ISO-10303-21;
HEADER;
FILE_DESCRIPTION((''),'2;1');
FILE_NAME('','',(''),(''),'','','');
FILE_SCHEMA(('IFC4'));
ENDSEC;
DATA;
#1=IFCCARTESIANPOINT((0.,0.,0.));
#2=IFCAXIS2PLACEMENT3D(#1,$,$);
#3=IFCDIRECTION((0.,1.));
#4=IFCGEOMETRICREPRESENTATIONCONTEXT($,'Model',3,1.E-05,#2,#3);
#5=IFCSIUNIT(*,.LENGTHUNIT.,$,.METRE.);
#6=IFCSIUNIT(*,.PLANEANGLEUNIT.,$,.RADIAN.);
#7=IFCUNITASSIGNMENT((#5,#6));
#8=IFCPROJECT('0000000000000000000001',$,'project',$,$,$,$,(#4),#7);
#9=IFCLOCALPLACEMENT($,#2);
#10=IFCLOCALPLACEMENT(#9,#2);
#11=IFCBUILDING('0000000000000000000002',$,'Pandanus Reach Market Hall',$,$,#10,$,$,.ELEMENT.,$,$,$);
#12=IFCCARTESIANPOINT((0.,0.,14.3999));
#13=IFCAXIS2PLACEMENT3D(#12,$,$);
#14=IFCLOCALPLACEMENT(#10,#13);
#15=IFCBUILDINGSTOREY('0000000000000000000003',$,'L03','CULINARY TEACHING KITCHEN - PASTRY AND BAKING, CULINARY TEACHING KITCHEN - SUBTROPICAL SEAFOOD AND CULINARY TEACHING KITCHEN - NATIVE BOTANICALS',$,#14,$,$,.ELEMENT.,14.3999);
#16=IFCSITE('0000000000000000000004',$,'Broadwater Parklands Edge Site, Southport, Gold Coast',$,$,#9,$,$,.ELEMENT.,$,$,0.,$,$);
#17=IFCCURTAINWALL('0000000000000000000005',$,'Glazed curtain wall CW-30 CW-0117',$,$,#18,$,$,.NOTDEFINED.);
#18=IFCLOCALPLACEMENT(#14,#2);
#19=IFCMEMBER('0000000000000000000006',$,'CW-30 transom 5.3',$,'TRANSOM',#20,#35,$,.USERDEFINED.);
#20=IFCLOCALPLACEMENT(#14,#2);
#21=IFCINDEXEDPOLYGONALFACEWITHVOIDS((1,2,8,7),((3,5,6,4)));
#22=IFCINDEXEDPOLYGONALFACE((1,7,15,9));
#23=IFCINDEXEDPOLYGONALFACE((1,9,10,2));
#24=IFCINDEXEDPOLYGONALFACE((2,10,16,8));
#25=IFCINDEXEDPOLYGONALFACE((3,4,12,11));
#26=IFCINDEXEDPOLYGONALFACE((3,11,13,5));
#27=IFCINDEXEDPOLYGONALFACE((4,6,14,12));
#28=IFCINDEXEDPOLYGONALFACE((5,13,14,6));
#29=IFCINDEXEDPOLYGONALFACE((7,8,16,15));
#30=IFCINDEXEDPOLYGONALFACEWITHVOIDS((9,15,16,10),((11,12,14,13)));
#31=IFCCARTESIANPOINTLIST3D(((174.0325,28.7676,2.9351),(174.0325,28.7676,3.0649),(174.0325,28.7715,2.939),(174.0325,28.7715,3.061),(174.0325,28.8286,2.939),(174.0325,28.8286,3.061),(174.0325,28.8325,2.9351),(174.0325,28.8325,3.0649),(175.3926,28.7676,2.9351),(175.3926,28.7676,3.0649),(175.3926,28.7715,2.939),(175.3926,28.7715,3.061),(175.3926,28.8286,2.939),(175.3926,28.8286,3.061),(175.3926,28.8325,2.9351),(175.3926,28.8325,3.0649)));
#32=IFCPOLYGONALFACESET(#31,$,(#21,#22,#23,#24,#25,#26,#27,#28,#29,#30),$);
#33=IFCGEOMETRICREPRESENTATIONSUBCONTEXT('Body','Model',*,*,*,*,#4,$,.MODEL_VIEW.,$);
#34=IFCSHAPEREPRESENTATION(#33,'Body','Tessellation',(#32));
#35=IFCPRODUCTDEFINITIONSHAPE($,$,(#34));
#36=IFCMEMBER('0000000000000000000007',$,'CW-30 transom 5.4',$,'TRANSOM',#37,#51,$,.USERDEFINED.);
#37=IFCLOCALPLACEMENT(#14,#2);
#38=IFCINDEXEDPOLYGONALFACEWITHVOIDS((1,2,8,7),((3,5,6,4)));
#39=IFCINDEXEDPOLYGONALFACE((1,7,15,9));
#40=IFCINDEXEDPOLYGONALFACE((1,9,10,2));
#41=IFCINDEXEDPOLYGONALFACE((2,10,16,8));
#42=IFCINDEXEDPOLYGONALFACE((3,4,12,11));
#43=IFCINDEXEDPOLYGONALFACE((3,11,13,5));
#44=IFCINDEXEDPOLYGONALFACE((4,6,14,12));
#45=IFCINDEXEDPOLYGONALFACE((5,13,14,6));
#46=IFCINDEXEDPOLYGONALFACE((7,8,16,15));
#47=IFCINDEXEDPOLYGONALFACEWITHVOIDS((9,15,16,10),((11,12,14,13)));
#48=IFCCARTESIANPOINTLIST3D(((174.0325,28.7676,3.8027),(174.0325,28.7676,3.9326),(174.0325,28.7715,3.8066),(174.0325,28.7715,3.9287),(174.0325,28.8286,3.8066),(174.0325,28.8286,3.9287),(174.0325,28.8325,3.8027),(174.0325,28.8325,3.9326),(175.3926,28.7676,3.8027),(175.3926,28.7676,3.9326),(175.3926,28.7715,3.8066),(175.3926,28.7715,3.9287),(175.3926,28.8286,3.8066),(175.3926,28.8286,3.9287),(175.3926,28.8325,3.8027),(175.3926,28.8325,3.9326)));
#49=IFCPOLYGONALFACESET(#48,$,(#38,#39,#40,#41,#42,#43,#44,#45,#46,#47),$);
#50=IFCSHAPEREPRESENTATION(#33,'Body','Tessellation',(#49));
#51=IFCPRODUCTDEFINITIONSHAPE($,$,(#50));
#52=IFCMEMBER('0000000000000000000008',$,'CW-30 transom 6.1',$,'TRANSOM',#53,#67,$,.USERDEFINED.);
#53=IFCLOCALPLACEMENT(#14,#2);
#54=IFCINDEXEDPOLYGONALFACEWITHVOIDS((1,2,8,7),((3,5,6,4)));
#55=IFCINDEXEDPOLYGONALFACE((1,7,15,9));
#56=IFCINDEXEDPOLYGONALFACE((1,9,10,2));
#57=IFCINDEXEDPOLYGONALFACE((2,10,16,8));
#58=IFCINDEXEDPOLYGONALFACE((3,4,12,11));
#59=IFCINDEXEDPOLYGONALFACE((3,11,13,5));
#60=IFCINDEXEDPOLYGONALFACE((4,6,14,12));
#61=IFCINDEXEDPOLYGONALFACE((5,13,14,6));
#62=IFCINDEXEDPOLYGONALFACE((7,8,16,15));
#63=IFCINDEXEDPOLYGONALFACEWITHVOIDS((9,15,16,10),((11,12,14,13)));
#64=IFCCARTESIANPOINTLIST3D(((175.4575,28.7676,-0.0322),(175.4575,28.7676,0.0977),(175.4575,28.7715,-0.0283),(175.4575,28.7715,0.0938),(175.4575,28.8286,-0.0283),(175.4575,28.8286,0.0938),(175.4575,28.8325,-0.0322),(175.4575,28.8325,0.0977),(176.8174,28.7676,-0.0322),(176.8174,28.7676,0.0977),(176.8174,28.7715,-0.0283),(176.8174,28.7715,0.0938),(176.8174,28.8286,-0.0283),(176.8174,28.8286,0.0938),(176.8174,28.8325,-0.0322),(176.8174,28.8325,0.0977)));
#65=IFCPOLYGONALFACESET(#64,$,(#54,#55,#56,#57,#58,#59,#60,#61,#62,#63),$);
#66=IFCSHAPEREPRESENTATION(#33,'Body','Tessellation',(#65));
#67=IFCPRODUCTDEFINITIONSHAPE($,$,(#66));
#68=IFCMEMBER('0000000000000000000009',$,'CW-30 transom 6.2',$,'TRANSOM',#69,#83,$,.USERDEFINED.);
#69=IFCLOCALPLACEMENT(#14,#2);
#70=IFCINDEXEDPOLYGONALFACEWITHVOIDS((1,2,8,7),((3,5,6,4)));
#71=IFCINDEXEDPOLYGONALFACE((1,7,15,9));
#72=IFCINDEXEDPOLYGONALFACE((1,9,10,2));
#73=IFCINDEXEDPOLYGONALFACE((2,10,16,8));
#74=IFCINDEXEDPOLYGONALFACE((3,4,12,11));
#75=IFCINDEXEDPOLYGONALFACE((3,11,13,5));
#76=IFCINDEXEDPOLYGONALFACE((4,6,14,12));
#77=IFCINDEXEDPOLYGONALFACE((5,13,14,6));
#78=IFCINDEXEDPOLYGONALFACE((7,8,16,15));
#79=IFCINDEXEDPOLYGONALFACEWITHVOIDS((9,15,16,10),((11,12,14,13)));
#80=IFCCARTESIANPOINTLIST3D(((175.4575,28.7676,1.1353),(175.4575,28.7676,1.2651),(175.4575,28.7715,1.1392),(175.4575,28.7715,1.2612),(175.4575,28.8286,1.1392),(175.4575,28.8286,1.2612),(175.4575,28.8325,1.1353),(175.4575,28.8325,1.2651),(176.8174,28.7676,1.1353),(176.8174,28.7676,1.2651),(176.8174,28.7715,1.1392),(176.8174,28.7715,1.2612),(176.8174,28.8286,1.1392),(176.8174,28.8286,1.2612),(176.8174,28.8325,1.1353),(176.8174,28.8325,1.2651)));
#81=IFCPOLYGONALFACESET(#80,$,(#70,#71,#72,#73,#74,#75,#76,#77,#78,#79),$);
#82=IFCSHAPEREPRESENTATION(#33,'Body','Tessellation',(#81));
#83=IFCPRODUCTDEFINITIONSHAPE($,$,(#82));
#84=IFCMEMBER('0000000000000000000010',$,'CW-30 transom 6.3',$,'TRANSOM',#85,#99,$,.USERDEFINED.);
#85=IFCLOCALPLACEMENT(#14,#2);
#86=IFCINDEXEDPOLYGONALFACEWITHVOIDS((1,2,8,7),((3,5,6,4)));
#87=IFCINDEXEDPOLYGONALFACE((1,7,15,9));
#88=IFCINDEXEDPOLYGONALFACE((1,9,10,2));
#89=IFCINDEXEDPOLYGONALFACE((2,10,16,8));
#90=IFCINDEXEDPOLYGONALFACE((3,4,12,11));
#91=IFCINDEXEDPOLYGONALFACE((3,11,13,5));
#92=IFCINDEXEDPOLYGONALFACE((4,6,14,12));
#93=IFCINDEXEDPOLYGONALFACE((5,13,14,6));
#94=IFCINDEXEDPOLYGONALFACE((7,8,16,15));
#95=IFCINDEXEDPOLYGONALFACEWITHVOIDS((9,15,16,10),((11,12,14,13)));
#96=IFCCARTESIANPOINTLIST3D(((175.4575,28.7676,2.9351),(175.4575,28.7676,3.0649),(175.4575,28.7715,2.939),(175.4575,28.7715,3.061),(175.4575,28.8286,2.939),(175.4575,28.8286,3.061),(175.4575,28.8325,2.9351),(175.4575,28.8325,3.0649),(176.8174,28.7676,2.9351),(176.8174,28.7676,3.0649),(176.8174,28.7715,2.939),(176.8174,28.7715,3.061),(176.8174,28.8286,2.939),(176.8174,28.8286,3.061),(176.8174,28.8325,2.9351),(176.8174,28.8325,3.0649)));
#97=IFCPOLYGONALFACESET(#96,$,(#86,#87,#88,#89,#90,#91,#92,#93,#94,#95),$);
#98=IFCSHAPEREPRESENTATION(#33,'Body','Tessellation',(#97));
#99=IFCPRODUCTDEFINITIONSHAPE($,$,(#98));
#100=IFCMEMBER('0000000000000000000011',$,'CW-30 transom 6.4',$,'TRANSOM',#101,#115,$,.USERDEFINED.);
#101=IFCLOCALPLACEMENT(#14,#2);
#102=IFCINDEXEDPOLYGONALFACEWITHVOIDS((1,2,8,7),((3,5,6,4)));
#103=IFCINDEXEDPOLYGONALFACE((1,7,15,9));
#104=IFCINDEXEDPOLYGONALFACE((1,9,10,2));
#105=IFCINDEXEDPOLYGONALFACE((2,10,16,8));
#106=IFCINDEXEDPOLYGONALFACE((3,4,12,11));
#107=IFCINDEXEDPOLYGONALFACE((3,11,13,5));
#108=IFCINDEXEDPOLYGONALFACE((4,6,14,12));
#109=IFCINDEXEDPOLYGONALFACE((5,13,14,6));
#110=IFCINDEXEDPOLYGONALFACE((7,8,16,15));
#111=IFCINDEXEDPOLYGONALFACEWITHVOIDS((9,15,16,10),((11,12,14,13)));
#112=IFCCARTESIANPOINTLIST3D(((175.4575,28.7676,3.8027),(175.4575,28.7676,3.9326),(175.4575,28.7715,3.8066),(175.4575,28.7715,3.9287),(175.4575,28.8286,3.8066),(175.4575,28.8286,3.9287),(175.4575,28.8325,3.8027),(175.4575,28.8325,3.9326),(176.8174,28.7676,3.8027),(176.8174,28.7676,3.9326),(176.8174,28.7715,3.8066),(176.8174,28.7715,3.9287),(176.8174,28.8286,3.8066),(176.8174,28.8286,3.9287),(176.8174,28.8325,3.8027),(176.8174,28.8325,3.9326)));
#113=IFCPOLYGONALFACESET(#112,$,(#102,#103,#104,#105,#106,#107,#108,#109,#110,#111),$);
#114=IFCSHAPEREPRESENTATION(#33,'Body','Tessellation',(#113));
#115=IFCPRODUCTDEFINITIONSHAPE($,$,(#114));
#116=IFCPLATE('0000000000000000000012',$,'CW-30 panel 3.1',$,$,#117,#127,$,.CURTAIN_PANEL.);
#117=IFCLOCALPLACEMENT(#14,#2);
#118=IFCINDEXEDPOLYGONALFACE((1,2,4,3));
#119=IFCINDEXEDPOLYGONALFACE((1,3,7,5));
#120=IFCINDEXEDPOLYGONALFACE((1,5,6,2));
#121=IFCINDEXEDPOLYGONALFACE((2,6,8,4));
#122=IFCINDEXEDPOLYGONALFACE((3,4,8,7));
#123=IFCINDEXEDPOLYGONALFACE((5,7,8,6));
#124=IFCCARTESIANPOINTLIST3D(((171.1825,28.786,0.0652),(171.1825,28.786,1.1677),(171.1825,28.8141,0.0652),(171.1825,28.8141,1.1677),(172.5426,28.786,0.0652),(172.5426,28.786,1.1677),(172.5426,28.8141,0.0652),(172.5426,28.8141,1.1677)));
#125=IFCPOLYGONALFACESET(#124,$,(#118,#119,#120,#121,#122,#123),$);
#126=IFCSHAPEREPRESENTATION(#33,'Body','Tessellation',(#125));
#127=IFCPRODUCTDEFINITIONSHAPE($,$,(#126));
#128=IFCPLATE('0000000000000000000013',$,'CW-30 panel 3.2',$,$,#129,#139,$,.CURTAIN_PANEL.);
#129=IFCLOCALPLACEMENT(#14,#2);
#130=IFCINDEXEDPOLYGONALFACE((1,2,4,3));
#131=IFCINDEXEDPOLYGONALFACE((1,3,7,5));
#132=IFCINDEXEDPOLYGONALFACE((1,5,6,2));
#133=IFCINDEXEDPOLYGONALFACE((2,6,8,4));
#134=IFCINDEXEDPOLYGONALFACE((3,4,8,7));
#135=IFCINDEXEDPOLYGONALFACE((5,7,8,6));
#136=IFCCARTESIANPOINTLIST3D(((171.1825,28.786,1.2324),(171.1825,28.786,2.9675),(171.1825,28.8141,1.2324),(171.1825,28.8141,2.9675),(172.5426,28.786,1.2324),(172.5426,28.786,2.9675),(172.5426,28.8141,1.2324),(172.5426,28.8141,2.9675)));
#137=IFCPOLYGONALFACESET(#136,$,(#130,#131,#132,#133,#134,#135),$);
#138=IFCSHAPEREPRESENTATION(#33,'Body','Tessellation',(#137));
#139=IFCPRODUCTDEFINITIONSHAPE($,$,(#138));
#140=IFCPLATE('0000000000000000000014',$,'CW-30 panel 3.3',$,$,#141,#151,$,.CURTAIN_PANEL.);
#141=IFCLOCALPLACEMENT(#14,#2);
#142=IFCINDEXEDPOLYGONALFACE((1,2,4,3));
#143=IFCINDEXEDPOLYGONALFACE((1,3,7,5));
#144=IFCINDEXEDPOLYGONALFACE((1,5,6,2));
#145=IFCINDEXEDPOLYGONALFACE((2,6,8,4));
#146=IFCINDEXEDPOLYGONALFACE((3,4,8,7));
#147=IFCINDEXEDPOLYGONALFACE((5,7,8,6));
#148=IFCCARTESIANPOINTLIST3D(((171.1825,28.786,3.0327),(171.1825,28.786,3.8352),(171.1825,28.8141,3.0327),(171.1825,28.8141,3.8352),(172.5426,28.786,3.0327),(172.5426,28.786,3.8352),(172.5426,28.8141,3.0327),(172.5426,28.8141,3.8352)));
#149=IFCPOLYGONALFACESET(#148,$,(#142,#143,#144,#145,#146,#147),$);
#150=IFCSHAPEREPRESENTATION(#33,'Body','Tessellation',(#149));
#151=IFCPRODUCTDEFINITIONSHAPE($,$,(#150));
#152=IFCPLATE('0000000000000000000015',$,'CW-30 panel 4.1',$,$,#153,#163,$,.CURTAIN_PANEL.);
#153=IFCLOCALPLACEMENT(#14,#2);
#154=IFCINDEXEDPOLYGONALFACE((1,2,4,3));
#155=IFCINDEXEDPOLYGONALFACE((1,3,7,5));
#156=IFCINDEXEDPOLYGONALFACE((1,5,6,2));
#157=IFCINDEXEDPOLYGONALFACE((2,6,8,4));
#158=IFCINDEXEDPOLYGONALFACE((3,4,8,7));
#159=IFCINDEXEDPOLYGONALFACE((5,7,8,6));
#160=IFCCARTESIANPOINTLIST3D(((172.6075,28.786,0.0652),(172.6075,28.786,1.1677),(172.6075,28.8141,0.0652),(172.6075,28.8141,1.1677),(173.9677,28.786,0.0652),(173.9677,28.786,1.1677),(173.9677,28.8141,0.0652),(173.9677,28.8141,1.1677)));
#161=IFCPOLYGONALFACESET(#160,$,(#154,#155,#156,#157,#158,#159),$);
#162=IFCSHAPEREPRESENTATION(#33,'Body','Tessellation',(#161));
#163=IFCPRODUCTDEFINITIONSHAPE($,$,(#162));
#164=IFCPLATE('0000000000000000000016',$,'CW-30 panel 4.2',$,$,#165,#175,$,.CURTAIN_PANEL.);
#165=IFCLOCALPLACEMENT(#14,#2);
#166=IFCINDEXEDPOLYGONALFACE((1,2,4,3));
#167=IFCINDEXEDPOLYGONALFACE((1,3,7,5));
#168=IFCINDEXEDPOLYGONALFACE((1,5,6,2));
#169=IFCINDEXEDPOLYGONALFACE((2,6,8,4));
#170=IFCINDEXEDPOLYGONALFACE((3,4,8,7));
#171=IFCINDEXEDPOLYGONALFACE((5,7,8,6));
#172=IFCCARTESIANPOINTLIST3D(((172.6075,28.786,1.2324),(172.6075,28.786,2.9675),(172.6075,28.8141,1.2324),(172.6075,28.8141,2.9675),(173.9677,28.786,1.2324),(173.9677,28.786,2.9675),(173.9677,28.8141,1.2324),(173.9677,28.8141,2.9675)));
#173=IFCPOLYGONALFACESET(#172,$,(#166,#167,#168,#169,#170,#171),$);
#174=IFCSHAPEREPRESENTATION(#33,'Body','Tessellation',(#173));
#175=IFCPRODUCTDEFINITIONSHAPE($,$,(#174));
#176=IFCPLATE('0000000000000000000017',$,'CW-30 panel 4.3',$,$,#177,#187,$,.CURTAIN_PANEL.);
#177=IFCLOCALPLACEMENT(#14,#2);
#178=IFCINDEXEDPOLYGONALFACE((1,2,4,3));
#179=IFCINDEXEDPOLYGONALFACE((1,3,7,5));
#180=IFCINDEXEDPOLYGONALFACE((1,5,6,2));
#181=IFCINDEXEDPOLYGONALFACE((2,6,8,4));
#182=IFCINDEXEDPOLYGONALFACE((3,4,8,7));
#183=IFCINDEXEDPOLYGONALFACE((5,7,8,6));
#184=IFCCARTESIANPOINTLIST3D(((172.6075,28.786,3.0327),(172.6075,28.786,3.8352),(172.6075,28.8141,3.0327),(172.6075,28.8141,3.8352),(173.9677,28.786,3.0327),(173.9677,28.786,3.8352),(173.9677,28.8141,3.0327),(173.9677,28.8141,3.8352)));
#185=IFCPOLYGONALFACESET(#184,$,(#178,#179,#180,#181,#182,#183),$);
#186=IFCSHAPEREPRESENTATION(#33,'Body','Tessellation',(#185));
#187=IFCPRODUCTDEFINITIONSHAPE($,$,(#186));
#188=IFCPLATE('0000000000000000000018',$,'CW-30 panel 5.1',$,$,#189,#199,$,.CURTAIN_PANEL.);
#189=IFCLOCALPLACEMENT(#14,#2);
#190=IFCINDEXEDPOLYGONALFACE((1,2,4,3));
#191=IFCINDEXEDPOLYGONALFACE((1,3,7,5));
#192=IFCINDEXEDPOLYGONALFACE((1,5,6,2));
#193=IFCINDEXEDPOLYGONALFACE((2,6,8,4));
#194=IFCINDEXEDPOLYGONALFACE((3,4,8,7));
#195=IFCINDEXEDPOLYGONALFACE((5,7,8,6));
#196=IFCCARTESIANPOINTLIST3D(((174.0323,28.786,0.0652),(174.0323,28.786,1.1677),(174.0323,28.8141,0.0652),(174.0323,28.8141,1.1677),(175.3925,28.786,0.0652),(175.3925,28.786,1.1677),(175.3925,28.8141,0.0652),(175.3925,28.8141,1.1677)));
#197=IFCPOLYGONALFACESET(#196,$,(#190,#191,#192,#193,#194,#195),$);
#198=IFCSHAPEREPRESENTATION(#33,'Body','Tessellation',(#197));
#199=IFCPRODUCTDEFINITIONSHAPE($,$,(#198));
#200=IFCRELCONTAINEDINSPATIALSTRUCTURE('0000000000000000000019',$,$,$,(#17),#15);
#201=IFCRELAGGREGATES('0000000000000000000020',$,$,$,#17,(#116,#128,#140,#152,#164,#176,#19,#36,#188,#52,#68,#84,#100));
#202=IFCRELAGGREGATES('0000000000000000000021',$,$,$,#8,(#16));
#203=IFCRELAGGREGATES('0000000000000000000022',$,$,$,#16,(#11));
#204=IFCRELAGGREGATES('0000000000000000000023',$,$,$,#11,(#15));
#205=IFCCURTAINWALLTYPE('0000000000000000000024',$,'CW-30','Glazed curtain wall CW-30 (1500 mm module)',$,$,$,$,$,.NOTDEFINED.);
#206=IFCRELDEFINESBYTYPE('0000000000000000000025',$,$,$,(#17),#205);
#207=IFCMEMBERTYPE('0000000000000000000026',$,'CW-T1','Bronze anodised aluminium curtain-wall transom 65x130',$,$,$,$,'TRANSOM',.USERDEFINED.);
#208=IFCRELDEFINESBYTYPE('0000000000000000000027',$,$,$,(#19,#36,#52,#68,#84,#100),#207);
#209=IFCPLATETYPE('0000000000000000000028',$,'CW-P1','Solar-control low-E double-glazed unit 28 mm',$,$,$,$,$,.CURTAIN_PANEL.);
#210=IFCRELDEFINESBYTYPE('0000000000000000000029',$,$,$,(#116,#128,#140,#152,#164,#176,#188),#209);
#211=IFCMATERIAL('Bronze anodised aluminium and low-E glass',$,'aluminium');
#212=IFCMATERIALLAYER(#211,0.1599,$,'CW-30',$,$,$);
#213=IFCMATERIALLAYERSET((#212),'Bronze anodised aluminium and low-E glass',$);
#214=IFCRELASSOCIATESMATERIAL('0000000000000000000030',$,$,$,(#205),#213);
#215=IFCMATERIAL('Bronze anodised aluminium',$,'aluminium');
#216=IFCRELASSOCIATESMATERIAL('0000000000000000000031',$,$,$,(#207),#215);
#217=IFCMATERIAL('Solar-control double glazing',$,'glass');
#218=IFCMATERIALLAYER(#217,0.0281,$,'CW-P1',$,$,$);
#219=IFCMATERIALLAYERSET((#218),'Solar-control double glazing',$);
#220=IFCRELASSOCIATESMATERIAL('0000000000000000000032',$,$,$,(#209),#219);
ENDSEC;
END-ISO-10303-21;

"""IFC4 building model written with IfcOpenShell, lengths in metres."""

from ifc_helpers import new_model, si_unit, direction, frame, origin, origin_2d, place, context, subcontext, project, spatial, rectangle, hollow_rectangle, extrude, material, layer, layer_set, material_profile, profile_set, type_object, element, aggregate, save


model = new_model("IFC4")

# Units and contexts
model_context = context("Model", 3, precision=1e-05, world=origin(), true_north=direction((0.0, 1.0)))
body_context = subcontext(model_context, "Body", "Model", "MODEL_VIEW")
ifc_project = project(units=[si_unit("LENGTHUNIT", "METRE"), si_unit("PLANEANGLEUNIT", "RADIAN")], contexts=[model_context])

# Site, building, storey
site_placement = place(None, origin())
site = spatial("IfcSite", under=ifc_project, at=site_placement, Name="Broadwater Parklands Edge Site, Southport, Gold Coast", CompositionType="ELEMENT", RefElevation=0.0)
building_placement = place(site_placement, origin())
building = spatial("IfcBuilding", under=site, at=building_placement, Name="Pandanus Reach Market Hall", CompositionType="ELEMENT")
storey_placement = place(building_placement, frame((0.0, 0.0, 14.3999)))
storey = spatial("IfcBuildingStorey", under=building, at=storey_placement, Name="L03", Description="CULINARY TEACHING KITCHEN - PASTRY AND BAKING, CULINARY TEACHING KITCHEN - SUBTROPICAL SEAFOOD AND CULINARY TEACHING KITCHEN - NATIVE BOTANICALS", CompositionType="ELEMENT", Elevation=14.3999)

# Curtain wall, members, plates
ifc_material_1 = material(Name="Bronze anodised aluminium and low-E glass", Category="aluminium")
ifc_layer_1 = layer(ifc_material_1, 0.1599, Name="CW-30")
ifc_layer_set_1 = layer_set([ifc_layer_1], Name="Bronze anodised aluminium and low-E glass")
curtain_wall_type = type_object("IfcCurtainWallType", Name="CW-30", Description="Glazed curtain wall CW-30 (1500 mm module)", PredefinedType="NOTDEFINED", material=ifc_layer_set_1)
curtain_wall_placement = place(storey_placement, origin())
curtain_wall = element("IfcCurtainWall", 1, at=curtain_wall_placement, inside=storey, type_object=curtain_wall_type, Name="Glazed curtain wall CW-30 CW-0117", PredefinedType="NOTDEFINED")
ifc_material_2 = material(Name="Bronze anodised aluminium", Category="aluminium")
ifc_material_profile_1 = material_profile(ifc_material_2, hollow_rectangle(XDim=0.0649, YDim=0.1299, WallThickness=0.0039, at=origin_2d()), Name="ALU65x130", Category="LoadBearing")
ifc_profile_set_1 = profile_set([ifc_material_profile_1], Name="Bronze anodised aluminium")
member_type_1 = type_object("IfcMemberType", Name="CW-T1", Description="Bronze anodised aluminium curtain-wall transom 65x130", ElementType="TRANSOM", PredefinedType="USERDEFINED", material=ifc_profile_set_1)
member_1_placement = place(storey_placement, frame((174.0325, 28.8, 3.0), z_axis=(1.0, 0.0, 0.0), x_axis=(0.0, 1.0, 0.0)))
member_1 = element("IfcMember", 2, at=member_1_placement, type_object=member_type_1, Name="CW-30 transom 5.3", ObjectType="TRANSOM", PredefinedType="USERDEFINED", context=body_context, shape_type="SweptSolid", body=[
    extrude(hollow_rectangle(XDim=0.0649, YDim=0.1299, WallThickness=0.0039, at=origin_2d()), origin(), (0.0, 0.0, 1.0), 1.3601),
])
member_2_placement = place(storey_placement, frame((174.0325, 28.8, 3.8677), z_axis=(1.0, 0.0, 0.0), x_axis=(0.0, 1.0, 0.0)))
member_2 = element("IfcMember", 3, at=member_2_placement, type_object=member_type_1, Name="CW-30 transom 5.4", ObjectType="TRANSOM", PredefinedType="USERDEFINED", context=body_context, shape_type="SweptSolid", body=[
    extrude(hollow_rectangle(XDim=0.0649, YDim=0.1299, WallThickness=0.0039, at=origin_2d()), origin(), (0.0, 0.0, 1.0), 1.3601),
])
member_3_placement = place(storey_placement, frame((175.4575, 28.8, 0.0327), z_axis=(1.0, 0.0, 0.0), x_axis=(0.0, 1.0, 0.0)))
member_3 = element("IfcMember", 4, at=member_3_placement, type_object=member_type_1, Name="CW-30 transom 6.1", ObjectType="TRANSOM", PredefinedType="USERDEFINED", context=body_context, shape_type="SweptSolid", body=[
    extrude(hollow_rectangle(XDim=0.0649, YDim=0.1299, WallThickness=0.0039, at=origin_2d()), origin(), (0.0, 0.0, 1.0), 1.3599),
])
member_4_placement = place(storey_placement, frame((175.4575, 28.8, 1.2002), z_axis=(1.0, 0.0, 0.0), x_axis=(0.0, 1.0, 0.0)))
member_4 = element("IfcMember", 5, at=member_4_placement, type_object=member_type_1, Name="CW-30 transom 6.2", ObjectType="TRANSOM", PredefinedType="USERDEFINED", context=body_context, shape_type="SweptSolid", body=[
    extrude(hollow_rectangle(XDim=0.0649, YDim=0.1299, WallThickness=0.0039, at=origin_2d()), origin(), (0.0, 0.0, 1.0), 1.3599),
])
member_5_placement = place(storey_placement, frame((175.4575, 28.8, 3.0), z_axis=(1.0, 0.0, 0.0), x_axis=(0.0, 1.0, 0.0)))
member_5 = element("IfcMember", 6, at=member_5_placement, type_object=member_type_1, Name="CW-30 transom 6.3", ObjectType="TRANSOM", PredefinedType="USERDEFINED", context=body_context, shape_type="SweptSolid", body=[
    extrude(hollow_rectangle(XDim=0.0649, YDim=0.1299, WallThickness=0.0039, at=origin_2d()), origin(), (0.0, 0.0, 1.0), 1.3599),
])
member_6_placement = place(storey_placement, frame((175.4575, 28.8, 3.8677), z_axis=(1.0, 0.0, 0.0), x_axis=(0.0, 1.0, 0.0)))
member_6 = element("IfcMember", 7, at=member_6_placement, type_object=member_type_1, Name="CW-30 transom 6.4", ObjectType="TRANSOM", PredefinedType="USERDEFINED", context=body_context, shape_type="SweptSolid", body=[
    extrude(hollow_rectangle(XDim=0.0649, YDim=0.1299, WallThickness=0.0039, at=origin_2d()), origin(), (0.0, 0.0, 1.0), 1.3599),
])
ifc_material_3 = material(Name="Solar-control double glazing", Category="glass")
ifc_layer_2 = layer(ifc_material_3, 0.0281, Name="CW-P1")
ifc_layer_set_2 = layer_set([ifc_layer_2], Name="Solar-control double glazing")
plate_type = type_object("IfcPlateType", Name="CW-P1", Description="Solar-control low-E double-glazed unit 28 mm", PredefinedType="CURTAIN_PANEL", material=ifc_layer_set_2)
plate_1_placement = place(storey_placement, frame((171.8625, 28.8, 0.0652), z_axis=(0.0, 0.0, 1.0), x_axis=(1.0, 0.0, 0.0)))
plate_1 = element("IfcPlate", 8, at=plate_1_placement, type_object=plate_type, Name="CW-30 panel 3.1", PredefinedType="CURTAIN_PANEL", context=body_context, shape_type="SweptSolid", body=[
    extrude(rectangle(XDim=1.3601, YDim=0.0281, at=origin_2d()), origin(), (0.0, 0.0, 1.0), 1.1025),
])
plate_2_placement = place(storey_placement, frame((171.8625, 28.8, 1.2324), z_axis=(0.0, 0.0, 1.0), x_axis=(1.0, 0.0, 0.0)))
plate_2 = element("IfcPlate", 9, at=plate_2_placement, type_object=plate_type, Name="CW-30 panel 3.2", PredefinedType="CURTAIN_PANEL", context=body_context, shape_type="SweptSolid", body=[
    extrude(rectangle(XDim=1.3601, YDim=0.0281, at=origin_2d()), origin(), (0.0, 0.0, 1.0), 1.7351),
])
plate_3_placement = place(storey_placement, frame((171.8625, 28.8, 3.0327), z_axis=(0.0, 0.0, 1.0), x_axis=(1.0, 0.0, 0.0)))
plate_3 = element("IfcPlate", 10, at=plate_3_placement, type_object=plate_type, Name="CW-30 panel 3.3", PredefinedType="CURTAIN_PANEL", context=body_context, shape_type="SweptSolid", body=[
    extrude(rectangle(XDim=1.3601, YDim=0.0281, at=origin_2d()), origin(), (0.0, 0.0, 1.0), 0.8025),
])
plate_4_placement = place(storey_placement, frame((173.2876, 28.8, 0.0652), z_axis=(0.0, 0.0, 1.0), x_axis=(1.0, 0.0, 0.0)))
plate_4 = element("IfcPlate", 11, at=plate_4_placement, type_object=plate_type, Name="CW-30 panel 4.1", PredefinedType="CURTAIN_PANEL", context=body_context, shape_type="SweptSolid", body=[
    extrude(rectangle(XDim=1.3601, YDim=0.0281, at=origin_2d()), origin(), (0.0, 0.0, 1.0), 1.1025),
])
plate_5_placement = place(storey_placement, frame((173.2876, 28.8, 1.2324), z_axis=(0.0, 0.0, 1.0), x_axis=(1.0, 0.0, 0.0)))
plate_5 = element("IfcPlate", 12, at=plate_5_placement, type_object=plate_type, Name="CW-30 panel 4.2", PredefinedType="CURTAIN_PANEL", context=body_context, shape_type="SweptSolid", body=[
    extrude(rectangle(XDim=1.3601, YDim=0.0281, at=origin_2d()), origin(), (0.0, 0.0, 1.0), 1.7351),
])
plate_6_placement = place(storey_placement, frame((173.2876, 28.8, 3.0327), z_axis=(0.0, 0.0, 1.0), x_axis=(1.0, 0.0, 0.0)))
plate_6 = element("IfcPlate", 13, at=plate_6_placement, type_object=plate_type, Name="CW-30 panel 4.3", PredefinedType="CURTAIN_PANEL", context=body_context, shape_type="SweptSolid", body=[
    extrude(rectangle(XDim=1.3601, YDim=0.0281, at=origin_2d()), origin(), (0.0, 0.0, 1.0), 0.8025),
])
plate_7_placement = place(storey_placement, frame((174.7124, 28.8, 0.0652), z_axis=(0.0, 0.0, 1.0), x_axis=(1.0, 0.0, 0.0)))
plate_7 = element("IfcPlate", 14, at=plate_7_placement, type_object=plate_type, Name="CW-30 panel 5.1", PredefinedType="CURTAIN_PANEL", context=body_context, shape_type="SweptSolid", body=[
    extrude(rectangle(XDim=1.3601, YDim=0.0281, at=origin_2d()), origin(), (0.0, 0.0, 1.0), 1.1025),
])
aggregate(curtain_wall, [plate_1, plate_2, plate_3, plate_4, plate_5, plate_6, member_1, member_2, plate_7, member_3, member_4, member_5, member_6])

save(model, "model.ifc")
